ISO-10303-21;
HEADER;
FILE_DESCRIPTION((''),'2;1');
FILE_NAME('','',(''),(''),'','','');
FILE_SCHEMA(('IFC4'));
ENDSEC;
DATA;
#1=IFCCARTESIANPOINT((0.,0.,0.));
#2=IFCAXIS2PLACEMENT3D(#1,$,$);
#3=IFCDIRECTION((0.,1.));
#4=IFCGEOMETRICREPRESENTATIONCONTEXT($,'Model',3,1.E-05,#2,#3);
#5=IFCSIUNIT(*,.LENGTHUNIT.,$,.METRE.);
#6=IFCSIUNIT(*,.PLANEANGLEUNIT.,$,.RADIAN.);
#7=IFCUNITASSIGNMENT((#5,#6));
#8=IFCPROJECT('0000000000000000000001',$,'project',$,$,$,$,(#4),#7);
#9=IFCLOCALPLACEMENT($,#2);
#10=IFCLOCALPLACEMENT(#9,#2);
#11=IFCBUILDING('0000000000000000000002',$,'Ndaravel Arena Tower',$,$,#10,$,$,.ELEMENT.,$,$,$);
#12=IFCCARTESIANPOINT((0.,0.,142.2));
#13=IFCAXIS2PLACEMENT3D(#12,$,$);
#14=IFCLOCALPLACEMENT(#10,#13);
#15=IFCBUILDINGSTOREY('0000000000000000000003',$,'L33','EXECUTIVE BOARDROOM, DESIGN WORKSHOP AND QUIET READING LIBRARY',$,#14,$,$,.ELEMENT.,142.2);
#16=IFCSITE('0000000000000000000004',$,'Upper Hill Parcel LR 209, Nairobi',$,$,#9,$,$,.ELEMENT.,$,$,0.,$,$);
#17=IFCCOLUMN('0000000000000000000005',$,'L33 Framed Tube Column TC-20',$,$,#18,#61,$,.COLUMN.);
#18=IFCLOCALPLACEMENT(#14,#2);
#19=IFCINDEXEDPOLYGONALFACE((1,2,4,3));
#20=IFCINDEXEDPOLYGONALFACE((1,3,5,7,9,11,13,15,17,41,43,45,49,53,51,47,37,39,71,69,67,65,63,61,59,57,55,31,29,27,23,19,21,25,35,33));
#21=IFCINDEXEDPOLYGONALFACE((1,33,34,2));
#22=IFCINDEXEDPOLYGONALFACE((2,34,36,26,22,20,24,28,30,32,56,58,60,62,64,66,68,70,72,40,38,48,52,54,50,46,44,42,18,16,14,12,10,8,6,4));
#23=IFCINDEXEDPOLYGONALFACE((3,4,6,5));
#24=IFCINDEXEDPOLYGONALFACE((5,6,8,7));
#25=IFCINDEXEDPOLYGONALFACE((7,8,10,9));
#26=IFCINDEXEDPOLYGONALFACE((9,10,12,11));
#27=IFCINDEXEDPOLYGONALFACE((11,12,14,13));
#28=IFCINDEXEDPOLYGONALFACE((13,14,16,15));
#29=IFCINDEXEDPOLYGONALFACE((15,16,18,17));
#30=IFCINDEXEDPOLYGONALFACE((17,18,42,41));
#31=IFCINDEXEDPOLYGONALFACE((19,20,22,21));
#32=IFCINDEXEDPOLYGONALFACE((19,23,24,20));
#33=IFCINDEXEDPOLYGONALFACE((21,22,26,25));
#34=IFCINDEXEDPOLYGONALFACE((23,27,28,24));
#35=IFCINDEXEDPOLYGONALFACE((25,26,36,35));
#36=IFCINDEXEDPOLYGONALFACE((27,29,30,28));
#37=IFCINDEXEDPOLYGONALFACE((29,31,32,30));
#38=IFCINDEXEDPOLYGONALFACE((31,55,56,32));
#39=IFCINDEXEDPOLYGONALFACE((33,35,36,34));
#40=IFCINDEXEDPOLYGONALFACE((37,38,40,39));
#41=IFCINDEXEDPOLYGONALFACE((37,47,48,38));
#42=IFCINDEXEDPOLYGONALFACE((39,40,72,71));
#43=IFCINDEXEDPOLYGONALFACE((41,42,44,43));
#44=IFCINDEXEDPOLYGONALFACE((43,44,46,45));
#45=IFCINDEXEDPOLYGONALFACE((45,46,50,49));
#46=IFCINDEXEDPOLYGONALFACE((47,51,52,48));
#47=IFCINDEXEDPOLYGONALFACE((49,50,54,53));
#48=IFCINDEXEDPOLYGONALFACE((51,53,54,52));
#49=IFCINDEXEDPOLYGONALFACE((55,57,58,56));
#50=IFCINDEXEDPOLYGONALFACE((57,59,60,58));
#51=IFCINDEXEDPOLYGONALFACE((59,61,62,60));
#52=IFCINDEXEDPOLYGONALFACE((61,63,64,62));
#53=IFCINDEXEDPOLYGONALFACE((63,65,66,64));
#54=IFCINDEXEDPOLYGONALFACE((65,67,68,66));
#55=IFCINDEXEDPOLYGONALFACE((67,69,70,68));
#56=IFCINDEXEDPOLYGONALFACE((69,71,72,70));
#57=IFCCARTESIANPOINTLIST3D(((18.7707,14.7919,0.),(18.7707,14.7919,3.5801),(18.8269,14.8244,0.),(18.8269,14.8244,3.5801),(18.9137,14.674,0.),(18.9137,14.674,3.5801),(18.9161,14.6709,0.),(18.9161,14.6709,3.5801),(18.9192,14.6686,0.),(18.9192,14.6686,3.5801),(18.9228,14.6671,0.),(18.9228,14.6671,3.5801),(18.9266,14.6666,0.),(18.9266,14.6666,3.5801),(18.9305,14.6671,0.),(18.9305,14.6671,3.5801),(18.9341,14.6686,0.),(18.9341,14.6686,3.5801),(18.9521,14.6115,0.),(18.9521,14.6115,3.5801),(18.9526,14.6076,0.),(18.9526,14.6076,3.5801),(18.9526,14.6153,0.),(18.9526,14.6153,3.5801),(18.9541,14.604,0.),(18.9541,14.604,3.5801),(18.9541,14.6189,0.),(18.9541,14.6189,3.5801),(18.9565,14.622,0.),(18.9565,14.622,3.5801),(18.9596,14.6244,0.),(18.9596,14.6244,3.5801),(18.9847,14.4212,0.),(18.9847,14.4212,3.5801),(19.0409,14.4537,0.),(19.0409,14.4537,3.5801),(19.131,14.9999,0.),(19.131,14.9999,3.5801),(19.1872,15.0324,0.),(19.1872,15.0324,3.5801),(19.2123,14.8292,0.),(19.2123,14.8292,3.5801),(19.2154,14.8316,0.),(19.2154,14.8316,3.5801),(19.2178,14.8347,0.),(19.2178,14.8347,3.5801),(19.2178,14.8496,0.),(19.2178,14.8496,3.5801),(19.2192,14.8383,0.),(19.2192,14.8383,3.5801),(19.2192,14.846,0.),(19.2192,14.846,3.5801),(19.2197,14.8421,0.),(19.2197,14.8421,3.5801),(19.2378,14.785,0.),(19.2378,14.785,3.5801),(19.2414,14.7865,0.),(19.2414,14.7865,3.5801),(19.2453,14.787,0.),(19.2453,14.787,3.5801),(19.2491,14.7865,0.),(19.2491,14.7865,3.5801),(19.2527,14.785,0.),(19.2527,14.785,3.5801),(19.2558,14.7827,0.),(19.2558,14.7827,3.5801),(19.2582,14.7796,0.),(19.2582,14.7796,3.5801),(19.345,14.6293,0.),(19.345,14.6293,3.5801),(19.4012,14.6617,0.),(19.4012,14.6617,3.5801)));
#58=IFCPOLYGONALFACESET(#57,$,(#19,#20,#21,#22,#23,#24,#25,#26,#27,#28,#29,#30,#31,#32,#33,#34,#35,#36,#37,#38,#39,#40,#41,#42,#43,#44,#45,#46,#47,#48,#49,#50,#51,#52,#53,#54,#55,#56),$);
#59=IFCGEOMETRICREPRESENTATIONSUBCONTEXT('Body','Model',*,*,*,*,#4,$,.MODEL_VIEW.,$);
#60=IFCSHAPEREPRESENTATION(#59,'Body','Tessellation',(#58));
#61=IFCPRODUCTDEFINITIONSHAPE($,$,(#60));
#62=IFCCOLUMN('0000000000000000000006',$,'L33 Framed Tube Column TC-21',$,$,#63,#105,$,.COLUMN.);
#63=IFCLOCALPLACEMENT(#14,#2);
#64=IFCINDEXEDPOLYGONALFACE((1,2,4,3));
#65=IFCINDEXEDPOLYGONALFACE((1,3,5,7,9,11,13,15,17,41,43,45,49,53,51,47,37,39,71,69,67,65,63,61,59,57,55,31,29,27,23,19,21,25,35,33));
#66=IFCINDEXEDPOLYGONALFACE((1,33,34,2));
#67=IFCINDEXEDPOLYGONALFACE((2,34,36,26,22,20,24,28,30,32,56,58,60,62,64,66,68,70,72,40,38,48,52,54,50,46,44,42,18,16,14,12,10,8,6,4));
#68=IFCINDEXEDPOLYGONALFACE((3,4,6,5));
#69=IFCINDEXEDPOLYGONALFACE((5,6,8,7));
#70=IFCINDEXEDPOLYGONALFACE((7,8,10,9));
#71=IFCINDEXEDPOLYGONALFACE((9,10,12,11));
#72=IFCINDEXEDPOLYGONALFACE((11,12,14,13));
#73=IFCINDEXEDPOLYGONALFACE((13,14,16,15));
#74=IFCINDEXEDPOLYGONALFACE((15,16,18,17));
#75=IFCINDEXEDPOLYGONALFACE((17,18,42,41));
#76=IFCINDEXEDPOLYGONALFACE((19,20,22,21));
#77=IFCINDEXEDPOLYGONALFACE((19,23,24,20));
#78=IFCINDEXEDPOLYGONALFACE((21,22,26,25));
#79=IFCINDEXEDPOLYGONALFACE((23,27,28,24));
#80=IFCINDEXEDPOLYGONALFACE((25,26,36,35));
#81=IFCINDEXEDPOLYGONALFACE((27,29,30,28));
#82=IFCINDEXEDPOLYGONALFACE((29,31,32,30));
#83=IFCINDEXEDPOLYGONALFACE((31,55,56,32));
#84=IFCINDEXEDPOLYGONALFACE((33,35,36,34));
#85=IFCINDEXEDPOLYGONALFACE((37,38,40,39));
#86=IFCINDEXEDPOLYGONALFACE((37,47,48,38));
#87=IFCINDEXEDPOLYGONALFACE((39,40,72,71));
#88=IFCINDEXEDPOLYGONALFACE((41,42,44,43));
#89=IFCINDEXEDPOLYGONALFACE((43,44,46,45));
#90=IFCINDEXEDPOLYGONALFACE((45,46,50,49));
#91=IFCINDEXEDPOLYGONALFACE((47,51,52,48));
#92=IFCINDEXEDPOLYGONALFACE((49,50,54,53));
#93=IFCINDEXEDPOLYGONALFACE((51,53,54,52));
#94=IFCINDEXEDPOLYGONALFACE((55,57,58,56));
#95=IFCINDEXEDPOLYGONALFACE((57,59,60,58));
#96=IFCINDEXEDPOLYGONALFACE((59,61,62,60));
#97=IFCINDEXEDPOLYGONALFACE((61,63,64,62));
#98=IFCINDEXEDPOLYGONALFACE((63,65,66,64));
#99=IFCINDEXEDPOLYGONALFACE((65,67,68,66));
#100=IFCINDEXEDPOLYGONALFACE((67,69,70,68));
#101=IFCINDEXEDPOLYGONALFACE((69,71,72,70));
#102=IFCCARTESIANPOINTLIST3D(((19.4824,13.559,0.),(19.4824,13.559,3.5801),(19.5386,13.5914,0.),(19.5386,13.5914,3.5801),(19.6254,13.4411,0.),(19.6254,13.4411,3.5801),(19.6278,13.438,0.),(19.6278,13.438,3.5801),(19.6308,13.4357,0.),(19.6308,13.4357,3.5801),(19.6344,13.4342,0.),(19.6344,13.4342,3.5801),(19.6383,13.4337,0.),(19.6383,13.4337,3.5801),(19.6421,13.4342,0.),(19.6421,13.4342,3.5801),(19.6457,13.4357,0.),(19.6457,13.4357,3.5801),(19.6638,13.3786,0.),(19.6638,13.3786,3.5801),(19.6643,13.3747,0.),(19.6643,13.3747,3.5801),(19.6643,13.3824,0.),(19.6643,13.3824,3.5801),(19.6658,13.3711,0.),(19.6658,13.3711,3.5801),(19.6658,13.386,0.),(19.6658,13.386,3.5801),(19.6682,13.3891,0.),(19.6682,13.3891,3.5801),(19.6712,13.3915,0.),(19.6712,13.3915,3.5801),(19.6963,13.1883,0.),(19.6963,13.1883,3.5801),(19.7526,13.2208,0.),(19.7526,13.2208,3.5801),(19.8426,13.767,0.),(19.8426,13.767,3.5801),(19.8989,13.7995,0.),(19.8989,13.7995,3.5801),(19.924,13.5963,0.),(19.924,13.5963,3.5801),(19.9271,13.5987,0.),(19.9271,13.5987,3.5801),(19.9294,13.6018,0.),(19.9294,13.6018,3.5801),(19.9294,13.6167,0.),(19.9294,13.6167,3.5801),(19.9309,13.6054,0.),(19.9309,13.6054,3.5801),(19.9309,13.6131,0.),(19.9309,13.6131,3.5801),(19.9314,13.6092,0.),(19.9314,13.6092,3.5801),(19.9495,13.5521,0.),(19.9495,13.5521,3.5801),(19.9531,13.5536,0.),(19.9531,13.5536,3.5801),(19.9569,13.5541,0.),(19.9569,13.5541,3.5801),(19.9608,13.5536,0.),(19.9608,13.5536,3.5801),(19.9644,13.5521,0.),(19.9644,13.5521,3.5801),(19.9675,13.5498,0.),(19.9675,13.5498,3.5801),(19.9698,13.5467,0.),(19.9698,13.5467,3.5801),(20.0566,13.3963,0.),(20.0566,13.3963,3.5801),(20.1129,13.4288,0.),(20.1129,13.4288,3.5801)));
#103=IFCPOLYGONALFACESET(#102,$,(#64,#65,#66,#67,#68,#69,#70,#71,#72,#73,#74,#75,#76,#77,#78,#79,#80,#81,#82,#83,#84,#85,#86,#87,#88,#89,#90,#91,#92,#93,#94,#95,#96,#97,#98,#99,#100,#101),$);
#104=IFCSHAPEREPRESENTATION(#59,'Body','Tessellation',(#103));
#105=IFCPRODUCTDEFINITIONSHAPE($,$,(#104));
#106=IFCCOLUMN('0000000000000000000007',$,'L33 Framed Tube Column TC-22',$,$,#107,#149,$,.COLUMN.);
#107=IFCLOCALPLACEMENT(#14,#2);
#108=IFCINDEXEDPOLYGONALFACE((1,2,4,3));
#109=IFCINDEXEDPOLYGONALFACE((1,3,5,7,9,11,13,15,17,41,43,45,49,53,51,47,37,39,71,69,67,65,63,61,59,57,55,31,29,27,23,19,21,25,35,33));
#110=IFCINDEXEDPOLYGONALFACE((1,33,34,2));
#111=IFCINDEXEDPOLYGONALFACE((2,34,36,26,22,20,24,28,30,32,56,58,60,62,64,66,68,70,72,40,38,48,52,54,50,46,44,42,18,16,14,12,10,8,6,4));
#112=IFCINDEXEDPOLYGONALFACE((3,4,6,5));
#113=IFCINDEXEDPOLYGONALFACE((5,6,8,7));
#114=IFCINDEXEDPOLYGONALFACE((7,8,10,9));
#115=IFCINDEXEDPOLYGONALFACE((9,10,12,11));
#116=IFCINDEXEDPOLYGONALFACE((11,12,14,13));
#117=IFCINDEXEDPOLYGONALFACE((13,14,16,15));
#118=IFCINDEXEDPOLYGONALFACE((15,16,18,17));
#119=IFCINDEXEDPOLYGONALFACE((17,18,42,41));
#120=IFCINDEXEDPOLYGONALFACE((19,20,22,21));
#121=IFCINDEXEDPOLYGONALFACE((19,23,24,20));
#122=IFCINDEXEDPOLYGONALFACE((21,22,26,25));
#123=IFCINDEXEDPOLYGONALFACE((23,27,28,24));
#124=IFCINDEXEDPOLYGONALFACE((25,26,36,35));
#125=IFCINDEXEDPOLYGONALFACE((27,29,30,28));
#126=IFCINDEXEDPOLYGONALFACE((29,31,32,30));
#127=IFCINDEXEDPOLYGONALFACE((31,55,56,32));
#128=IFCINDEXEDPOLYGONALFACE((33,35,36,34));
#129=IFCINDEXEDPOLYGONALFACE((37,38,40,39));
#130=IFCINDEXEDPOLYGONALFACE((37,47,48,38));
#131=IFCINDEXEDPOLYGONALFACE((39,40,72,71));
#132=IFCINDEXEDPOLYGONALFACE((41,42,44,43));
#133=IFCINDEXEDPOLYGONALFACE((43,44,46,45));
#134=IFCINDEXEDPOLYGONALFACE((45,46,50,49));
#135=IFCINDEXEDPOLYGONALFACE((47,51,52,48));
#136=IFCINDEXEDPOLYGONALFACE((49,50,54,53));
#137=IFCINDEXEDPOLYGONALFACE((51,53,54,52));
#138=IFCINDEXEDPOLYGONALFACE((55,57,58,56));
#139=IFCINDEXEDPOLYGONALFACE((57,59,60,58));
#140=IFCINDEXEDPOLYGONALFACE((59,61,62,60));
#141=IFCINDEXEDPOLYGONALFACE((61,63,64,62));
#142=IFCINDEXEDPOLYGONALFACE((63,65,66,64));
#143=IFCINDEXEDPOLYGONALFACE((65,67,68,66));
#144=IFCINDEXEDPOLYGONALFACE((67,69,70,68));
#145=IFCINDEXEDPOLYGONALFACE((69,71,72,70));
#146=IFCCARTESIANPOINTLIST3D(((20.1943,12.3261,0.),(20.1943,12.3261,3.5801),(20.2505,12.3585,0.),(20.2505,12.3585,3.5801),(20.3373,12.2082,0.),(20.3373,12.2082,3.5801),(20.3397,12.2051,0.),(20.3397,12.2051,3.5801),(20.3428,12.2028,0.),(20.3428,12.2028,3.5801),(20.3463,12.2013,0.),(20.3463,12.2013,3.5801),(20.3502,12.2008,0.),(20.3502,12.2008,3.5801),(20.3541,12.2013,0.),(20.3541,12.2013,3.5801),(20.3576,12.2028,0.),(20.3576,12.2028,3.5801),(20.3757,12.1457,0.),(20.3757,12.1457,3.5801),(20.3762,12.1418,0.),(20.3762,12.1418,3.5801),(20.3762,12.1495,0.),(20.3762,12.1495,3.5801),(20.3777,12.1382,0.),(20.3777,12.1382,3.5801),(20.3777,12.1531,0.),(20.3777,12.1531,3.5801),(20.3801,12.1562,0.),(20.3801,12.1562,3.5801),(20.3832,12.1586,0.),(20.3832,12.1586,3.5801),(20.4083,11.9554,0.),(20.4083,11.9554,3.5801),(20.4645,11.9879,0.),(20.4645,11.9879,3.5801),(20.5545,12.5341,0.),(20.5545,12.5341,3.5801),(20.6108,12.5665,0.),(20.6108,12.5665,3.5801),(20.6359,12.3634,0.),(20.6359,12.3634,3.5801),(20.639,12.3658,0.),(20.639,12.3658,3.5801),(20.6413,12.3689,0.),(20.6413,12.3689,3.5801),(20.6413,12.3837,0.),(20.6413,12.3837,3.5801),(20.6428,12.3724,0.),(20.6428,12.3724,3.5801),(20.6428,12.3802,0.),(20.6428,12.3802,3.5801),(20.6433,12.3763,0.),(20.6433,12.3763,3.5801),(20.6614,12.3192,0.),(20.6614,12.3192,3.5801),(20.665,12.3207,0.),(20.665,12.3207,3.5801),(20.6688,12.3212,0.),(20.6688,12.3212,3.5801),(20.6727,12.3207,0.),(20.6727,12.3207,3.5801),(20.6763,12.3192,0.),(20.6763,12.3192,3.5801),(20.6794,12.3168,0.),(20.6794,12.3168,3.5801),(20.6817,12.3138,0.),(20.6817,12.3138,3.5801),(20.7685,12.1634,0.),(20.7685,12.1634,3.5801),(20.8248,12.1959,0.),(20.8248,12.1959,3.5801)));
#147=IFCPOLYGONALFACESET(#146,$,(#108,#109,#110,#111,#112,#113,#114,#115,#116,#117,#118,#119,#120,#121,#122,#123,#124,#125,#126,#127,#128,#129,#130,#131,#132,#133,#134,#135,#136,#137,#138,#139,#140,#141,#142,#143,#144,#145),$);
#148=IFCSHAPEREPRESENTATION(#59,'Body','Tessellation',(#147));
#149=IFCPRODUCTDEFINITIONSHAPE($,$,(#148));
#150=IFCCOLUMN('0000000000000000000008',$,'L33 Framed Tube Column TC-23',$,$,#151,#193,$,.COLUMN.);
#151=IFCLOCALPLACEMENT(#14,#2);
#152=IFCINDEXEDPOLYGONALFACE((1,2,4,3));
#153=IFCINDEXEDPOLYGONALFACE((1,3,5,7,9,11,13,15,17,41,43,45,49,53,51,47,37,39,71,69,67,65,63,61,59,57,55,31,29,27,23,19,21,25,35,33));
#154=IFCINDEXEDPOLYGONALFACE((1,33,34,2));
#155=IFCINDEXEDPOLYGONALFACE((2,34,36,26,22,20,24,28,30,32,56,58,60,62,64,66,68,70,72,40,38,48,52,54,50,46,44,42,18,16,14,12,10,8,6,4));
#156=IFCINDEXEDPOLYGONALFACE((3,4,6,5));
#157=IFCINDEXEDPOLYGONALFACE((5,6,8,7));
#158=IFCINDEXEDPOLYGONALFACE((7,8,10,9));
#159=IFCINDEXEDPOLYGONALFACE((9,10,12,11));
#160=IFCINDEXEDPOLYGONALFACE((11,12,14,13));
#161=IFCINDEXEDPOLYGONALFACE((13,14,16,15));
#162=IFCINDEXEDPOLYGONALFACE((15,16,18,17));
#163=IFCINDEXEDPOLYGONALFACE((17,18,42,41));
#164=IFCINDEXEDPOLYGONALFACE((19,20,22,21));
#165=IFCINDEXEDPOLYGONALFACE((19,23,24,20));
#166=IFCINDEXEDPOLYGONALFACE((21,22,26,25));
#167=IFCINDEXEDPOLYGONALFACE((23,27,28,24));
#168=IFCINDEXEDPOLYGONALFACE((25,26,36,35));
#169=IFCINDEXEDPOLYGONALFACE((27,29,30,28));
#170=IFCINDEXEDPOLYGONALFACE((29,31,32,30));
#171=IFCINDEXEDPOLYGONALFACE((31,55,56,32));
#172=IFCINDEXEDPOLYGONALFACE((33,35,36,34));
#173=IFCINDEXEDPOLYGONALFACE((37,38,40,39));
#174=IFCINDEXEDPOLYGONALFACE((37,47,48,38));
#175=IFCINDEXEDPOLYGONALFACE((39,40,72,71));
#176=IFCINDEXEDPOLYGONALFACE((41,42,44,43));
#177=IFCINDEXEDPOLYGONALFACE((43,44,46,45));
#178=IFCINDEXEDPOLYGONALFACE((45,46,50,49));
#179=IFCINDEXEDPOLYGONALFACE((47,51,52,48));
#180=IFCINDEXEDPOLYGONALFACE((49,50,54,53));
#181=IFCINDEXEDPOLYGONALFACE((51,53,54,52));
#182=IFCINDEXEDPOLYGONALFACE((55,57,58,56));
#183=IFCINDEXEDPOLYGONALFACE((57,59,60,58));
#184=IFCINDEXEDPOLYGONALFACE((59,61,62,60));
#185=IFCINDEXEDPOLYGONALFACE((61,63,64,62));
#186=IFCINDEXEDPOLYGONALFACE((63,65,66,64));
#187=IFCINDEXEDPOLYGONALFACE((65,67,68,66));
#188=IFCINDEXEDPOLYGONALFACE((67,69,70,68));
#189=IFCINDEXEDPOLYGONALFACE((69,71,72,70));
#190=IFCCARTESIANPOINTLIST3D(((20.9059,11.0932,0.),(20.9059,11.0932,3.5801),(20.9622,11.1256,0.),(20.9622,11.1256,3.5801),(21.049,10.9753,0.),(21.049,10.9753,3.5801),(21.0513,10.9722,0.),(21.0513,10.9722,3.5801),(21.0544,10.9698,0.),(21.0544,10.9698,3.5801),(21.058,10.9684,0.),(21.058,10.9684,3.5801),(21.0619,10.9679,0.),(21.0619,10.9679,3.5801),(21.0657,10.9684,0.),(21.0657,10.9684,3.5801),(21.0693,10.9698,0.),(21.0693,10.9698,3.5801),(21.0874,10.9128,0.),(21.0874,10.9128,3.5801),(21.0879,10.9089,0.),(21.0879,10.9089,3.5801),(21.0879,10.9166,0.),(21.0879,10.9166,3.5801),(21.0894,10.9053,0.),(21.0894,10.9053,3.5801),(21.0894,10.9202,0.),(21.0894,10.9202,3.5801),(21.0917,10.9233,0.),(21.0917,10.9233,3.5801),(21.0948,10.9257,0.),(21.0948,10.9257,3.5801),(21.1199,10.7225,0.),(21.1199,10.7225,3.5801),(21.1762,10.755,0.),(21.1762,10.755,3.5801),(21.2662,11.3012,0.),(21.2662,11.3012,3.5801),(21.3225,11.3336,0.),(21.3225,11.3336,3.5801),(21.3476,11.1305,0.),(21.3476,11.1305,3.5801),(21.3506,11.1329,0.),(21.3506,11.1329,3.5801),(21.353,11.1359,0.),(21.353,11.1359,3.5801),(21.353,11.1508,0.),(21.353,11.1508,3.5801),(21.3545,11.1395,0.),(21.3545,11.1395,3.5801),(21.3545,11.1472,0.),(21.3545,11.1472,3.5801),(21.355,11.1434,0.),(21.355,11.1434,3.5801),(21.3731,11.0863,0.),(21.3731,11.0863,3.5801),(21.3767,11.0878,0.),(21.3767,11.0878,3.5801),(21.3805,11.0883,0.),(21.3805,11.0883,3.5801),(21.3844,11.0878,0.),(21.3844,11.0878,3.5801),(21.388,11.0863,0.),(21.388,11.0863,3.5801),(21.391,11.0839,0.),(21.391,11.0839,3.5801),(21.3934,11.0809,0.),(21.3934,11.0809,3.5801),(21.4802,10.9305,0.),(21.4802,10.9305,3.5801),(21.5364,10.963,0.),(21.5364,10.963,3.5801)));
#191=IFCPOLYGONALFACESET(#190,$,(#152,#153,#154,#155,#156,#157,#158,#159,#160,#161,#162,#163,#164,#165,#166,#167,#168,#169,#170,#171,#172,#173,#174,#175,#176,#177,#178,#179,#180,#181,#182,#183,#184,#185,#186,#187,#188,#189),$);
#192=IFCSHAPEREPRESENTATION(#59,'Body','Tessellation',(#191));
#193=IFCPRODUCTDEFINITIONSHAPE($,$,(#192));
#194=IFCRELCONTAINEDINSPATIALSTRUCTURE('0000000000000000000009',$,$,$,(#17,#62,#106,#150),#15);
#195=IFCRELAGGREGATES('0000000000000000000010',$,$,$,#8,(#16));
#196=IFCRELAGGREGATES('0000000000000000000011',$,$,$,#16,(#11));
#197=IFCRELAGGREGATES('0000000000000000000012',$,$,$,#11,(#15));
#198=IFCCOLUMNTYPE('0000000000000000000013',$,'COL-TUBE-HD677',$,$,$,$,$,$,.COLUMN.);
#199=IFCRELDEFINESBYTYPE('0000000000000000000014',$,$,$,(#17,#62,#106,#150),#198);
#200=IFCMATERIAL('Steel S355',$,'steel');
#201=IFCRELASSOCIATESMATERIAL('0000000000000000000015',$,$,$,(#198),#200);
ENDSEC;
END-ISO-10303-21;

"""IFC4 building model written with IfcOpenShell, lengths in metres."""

from ifc_helpers import new_model, si_unit, direction, frame, origin, origin_2d, place, context, subcontext, project, spatial, i_section, extrude, material, material_profile, profile_set, type_object, element, save


model = new_model("IFC4")

# Units and contexts
model_context = context("Model", 3, precision=1e-05, world=origin(), true_north=direction((0.0, 1.0)))
body_context = subcontext(model_context, "Body", "Model", "MODEL_VIEW")
ifc_project = project(units=[si_unit("LENGTHUNIT", "METRE"), si_unit("PLANEANGLEUNIT", "RADIAN")], contexts=[model_context])

# Site, building, storey
site_placement = place(None, origin())
site = spatial("IfcSite", under=ifc_project, at=site_placement, Name="Upper Hill Parcel LR 209, Nairobi", CompositionType="ELEMENT", RefElevation=0.0)
building_placement = place(site_placement, origin())
building = spatial("IfcBuilding", under=site, at=building_placement, Name="Ndaravel Arena Tower", CompositionType="ELEMENT")
storey_placement = place(building_placement, frame((0.0, 0.0, 142.2)))
storey = spatial("IfcBuildingStorey", under=building, at=storey_placement, Name="L33", Description="EXECUTIVE BOARDROOM, DESIGN WORKSHOP AND QUIET READING LIBRARY", CompositionType="ELEMENT", Elevation=142.2)

# Columns
ifc_material_1 = material(Name="Steel S355", Category="steel")
ifc_material_profile_1 = material_profile(ifc_material_1, i_section(OverallWidth=0.428, OverallDepth=0.481, WebThickness=0.051, FlangeThickness=0.0649, FilletRadius=0.0149, at=origin_2d()), Name="HD 400x677")
ifc_profile_set_1 = profile_set([ifc_material_profile_1], Name="Steel S355")
column_type = type_object("IfcColumnType", Name="COL-TUBE-HD677", PredefinedType="COLUMN", material=ifc_profile_set_1)
for number, where, z_axis, x_axis, name in (
    (1, (19.0859, 14.7268, 0.0), (0.0, 0.0, 1.0), (-0.5, 0.866025, 0.0), "L33 Framed Tube Column TC-20"),
    (2, (19.7976, 13.4939, 0.0), (0.0, 0.0, 1.0), (-0.5, 0.866025, 0.0), "L33 Framed Tube Column TC-21"),
    (3, (20.5095, 12.261, 0.0), (0.0, 0.0, 1.0), (-0.5, 0.866025, 0.0), "L33 Framed Tube Column TC-22"),
    (4, (21.2212, 11.0281, 0.0), (0.0, 0.0, 1.0), (-0.5, 0.866025, 0.0), "L33 Framed Tube Column TC-23"),
):
    element("IfcColumn", number, at=place(storey_placement, frame(where, z_axis=z_axis, x_axis=x_axis)), inside=storey, type_object=column_type, Name=name, PredefinedType="COLUMN", context=body_context, shape_type="SweptSolid", body=[
        extrude(i_section(OverallWidth=0.428, OverallDepth=0.481, WebThickness=0.051, FlangeThickness=0.0649, FilletRadius=0.0149, at=origin_2d()), origin(), (0.0, 0.0, 1.0), 3.5801),
    ])

save(model, "model.ifc")
